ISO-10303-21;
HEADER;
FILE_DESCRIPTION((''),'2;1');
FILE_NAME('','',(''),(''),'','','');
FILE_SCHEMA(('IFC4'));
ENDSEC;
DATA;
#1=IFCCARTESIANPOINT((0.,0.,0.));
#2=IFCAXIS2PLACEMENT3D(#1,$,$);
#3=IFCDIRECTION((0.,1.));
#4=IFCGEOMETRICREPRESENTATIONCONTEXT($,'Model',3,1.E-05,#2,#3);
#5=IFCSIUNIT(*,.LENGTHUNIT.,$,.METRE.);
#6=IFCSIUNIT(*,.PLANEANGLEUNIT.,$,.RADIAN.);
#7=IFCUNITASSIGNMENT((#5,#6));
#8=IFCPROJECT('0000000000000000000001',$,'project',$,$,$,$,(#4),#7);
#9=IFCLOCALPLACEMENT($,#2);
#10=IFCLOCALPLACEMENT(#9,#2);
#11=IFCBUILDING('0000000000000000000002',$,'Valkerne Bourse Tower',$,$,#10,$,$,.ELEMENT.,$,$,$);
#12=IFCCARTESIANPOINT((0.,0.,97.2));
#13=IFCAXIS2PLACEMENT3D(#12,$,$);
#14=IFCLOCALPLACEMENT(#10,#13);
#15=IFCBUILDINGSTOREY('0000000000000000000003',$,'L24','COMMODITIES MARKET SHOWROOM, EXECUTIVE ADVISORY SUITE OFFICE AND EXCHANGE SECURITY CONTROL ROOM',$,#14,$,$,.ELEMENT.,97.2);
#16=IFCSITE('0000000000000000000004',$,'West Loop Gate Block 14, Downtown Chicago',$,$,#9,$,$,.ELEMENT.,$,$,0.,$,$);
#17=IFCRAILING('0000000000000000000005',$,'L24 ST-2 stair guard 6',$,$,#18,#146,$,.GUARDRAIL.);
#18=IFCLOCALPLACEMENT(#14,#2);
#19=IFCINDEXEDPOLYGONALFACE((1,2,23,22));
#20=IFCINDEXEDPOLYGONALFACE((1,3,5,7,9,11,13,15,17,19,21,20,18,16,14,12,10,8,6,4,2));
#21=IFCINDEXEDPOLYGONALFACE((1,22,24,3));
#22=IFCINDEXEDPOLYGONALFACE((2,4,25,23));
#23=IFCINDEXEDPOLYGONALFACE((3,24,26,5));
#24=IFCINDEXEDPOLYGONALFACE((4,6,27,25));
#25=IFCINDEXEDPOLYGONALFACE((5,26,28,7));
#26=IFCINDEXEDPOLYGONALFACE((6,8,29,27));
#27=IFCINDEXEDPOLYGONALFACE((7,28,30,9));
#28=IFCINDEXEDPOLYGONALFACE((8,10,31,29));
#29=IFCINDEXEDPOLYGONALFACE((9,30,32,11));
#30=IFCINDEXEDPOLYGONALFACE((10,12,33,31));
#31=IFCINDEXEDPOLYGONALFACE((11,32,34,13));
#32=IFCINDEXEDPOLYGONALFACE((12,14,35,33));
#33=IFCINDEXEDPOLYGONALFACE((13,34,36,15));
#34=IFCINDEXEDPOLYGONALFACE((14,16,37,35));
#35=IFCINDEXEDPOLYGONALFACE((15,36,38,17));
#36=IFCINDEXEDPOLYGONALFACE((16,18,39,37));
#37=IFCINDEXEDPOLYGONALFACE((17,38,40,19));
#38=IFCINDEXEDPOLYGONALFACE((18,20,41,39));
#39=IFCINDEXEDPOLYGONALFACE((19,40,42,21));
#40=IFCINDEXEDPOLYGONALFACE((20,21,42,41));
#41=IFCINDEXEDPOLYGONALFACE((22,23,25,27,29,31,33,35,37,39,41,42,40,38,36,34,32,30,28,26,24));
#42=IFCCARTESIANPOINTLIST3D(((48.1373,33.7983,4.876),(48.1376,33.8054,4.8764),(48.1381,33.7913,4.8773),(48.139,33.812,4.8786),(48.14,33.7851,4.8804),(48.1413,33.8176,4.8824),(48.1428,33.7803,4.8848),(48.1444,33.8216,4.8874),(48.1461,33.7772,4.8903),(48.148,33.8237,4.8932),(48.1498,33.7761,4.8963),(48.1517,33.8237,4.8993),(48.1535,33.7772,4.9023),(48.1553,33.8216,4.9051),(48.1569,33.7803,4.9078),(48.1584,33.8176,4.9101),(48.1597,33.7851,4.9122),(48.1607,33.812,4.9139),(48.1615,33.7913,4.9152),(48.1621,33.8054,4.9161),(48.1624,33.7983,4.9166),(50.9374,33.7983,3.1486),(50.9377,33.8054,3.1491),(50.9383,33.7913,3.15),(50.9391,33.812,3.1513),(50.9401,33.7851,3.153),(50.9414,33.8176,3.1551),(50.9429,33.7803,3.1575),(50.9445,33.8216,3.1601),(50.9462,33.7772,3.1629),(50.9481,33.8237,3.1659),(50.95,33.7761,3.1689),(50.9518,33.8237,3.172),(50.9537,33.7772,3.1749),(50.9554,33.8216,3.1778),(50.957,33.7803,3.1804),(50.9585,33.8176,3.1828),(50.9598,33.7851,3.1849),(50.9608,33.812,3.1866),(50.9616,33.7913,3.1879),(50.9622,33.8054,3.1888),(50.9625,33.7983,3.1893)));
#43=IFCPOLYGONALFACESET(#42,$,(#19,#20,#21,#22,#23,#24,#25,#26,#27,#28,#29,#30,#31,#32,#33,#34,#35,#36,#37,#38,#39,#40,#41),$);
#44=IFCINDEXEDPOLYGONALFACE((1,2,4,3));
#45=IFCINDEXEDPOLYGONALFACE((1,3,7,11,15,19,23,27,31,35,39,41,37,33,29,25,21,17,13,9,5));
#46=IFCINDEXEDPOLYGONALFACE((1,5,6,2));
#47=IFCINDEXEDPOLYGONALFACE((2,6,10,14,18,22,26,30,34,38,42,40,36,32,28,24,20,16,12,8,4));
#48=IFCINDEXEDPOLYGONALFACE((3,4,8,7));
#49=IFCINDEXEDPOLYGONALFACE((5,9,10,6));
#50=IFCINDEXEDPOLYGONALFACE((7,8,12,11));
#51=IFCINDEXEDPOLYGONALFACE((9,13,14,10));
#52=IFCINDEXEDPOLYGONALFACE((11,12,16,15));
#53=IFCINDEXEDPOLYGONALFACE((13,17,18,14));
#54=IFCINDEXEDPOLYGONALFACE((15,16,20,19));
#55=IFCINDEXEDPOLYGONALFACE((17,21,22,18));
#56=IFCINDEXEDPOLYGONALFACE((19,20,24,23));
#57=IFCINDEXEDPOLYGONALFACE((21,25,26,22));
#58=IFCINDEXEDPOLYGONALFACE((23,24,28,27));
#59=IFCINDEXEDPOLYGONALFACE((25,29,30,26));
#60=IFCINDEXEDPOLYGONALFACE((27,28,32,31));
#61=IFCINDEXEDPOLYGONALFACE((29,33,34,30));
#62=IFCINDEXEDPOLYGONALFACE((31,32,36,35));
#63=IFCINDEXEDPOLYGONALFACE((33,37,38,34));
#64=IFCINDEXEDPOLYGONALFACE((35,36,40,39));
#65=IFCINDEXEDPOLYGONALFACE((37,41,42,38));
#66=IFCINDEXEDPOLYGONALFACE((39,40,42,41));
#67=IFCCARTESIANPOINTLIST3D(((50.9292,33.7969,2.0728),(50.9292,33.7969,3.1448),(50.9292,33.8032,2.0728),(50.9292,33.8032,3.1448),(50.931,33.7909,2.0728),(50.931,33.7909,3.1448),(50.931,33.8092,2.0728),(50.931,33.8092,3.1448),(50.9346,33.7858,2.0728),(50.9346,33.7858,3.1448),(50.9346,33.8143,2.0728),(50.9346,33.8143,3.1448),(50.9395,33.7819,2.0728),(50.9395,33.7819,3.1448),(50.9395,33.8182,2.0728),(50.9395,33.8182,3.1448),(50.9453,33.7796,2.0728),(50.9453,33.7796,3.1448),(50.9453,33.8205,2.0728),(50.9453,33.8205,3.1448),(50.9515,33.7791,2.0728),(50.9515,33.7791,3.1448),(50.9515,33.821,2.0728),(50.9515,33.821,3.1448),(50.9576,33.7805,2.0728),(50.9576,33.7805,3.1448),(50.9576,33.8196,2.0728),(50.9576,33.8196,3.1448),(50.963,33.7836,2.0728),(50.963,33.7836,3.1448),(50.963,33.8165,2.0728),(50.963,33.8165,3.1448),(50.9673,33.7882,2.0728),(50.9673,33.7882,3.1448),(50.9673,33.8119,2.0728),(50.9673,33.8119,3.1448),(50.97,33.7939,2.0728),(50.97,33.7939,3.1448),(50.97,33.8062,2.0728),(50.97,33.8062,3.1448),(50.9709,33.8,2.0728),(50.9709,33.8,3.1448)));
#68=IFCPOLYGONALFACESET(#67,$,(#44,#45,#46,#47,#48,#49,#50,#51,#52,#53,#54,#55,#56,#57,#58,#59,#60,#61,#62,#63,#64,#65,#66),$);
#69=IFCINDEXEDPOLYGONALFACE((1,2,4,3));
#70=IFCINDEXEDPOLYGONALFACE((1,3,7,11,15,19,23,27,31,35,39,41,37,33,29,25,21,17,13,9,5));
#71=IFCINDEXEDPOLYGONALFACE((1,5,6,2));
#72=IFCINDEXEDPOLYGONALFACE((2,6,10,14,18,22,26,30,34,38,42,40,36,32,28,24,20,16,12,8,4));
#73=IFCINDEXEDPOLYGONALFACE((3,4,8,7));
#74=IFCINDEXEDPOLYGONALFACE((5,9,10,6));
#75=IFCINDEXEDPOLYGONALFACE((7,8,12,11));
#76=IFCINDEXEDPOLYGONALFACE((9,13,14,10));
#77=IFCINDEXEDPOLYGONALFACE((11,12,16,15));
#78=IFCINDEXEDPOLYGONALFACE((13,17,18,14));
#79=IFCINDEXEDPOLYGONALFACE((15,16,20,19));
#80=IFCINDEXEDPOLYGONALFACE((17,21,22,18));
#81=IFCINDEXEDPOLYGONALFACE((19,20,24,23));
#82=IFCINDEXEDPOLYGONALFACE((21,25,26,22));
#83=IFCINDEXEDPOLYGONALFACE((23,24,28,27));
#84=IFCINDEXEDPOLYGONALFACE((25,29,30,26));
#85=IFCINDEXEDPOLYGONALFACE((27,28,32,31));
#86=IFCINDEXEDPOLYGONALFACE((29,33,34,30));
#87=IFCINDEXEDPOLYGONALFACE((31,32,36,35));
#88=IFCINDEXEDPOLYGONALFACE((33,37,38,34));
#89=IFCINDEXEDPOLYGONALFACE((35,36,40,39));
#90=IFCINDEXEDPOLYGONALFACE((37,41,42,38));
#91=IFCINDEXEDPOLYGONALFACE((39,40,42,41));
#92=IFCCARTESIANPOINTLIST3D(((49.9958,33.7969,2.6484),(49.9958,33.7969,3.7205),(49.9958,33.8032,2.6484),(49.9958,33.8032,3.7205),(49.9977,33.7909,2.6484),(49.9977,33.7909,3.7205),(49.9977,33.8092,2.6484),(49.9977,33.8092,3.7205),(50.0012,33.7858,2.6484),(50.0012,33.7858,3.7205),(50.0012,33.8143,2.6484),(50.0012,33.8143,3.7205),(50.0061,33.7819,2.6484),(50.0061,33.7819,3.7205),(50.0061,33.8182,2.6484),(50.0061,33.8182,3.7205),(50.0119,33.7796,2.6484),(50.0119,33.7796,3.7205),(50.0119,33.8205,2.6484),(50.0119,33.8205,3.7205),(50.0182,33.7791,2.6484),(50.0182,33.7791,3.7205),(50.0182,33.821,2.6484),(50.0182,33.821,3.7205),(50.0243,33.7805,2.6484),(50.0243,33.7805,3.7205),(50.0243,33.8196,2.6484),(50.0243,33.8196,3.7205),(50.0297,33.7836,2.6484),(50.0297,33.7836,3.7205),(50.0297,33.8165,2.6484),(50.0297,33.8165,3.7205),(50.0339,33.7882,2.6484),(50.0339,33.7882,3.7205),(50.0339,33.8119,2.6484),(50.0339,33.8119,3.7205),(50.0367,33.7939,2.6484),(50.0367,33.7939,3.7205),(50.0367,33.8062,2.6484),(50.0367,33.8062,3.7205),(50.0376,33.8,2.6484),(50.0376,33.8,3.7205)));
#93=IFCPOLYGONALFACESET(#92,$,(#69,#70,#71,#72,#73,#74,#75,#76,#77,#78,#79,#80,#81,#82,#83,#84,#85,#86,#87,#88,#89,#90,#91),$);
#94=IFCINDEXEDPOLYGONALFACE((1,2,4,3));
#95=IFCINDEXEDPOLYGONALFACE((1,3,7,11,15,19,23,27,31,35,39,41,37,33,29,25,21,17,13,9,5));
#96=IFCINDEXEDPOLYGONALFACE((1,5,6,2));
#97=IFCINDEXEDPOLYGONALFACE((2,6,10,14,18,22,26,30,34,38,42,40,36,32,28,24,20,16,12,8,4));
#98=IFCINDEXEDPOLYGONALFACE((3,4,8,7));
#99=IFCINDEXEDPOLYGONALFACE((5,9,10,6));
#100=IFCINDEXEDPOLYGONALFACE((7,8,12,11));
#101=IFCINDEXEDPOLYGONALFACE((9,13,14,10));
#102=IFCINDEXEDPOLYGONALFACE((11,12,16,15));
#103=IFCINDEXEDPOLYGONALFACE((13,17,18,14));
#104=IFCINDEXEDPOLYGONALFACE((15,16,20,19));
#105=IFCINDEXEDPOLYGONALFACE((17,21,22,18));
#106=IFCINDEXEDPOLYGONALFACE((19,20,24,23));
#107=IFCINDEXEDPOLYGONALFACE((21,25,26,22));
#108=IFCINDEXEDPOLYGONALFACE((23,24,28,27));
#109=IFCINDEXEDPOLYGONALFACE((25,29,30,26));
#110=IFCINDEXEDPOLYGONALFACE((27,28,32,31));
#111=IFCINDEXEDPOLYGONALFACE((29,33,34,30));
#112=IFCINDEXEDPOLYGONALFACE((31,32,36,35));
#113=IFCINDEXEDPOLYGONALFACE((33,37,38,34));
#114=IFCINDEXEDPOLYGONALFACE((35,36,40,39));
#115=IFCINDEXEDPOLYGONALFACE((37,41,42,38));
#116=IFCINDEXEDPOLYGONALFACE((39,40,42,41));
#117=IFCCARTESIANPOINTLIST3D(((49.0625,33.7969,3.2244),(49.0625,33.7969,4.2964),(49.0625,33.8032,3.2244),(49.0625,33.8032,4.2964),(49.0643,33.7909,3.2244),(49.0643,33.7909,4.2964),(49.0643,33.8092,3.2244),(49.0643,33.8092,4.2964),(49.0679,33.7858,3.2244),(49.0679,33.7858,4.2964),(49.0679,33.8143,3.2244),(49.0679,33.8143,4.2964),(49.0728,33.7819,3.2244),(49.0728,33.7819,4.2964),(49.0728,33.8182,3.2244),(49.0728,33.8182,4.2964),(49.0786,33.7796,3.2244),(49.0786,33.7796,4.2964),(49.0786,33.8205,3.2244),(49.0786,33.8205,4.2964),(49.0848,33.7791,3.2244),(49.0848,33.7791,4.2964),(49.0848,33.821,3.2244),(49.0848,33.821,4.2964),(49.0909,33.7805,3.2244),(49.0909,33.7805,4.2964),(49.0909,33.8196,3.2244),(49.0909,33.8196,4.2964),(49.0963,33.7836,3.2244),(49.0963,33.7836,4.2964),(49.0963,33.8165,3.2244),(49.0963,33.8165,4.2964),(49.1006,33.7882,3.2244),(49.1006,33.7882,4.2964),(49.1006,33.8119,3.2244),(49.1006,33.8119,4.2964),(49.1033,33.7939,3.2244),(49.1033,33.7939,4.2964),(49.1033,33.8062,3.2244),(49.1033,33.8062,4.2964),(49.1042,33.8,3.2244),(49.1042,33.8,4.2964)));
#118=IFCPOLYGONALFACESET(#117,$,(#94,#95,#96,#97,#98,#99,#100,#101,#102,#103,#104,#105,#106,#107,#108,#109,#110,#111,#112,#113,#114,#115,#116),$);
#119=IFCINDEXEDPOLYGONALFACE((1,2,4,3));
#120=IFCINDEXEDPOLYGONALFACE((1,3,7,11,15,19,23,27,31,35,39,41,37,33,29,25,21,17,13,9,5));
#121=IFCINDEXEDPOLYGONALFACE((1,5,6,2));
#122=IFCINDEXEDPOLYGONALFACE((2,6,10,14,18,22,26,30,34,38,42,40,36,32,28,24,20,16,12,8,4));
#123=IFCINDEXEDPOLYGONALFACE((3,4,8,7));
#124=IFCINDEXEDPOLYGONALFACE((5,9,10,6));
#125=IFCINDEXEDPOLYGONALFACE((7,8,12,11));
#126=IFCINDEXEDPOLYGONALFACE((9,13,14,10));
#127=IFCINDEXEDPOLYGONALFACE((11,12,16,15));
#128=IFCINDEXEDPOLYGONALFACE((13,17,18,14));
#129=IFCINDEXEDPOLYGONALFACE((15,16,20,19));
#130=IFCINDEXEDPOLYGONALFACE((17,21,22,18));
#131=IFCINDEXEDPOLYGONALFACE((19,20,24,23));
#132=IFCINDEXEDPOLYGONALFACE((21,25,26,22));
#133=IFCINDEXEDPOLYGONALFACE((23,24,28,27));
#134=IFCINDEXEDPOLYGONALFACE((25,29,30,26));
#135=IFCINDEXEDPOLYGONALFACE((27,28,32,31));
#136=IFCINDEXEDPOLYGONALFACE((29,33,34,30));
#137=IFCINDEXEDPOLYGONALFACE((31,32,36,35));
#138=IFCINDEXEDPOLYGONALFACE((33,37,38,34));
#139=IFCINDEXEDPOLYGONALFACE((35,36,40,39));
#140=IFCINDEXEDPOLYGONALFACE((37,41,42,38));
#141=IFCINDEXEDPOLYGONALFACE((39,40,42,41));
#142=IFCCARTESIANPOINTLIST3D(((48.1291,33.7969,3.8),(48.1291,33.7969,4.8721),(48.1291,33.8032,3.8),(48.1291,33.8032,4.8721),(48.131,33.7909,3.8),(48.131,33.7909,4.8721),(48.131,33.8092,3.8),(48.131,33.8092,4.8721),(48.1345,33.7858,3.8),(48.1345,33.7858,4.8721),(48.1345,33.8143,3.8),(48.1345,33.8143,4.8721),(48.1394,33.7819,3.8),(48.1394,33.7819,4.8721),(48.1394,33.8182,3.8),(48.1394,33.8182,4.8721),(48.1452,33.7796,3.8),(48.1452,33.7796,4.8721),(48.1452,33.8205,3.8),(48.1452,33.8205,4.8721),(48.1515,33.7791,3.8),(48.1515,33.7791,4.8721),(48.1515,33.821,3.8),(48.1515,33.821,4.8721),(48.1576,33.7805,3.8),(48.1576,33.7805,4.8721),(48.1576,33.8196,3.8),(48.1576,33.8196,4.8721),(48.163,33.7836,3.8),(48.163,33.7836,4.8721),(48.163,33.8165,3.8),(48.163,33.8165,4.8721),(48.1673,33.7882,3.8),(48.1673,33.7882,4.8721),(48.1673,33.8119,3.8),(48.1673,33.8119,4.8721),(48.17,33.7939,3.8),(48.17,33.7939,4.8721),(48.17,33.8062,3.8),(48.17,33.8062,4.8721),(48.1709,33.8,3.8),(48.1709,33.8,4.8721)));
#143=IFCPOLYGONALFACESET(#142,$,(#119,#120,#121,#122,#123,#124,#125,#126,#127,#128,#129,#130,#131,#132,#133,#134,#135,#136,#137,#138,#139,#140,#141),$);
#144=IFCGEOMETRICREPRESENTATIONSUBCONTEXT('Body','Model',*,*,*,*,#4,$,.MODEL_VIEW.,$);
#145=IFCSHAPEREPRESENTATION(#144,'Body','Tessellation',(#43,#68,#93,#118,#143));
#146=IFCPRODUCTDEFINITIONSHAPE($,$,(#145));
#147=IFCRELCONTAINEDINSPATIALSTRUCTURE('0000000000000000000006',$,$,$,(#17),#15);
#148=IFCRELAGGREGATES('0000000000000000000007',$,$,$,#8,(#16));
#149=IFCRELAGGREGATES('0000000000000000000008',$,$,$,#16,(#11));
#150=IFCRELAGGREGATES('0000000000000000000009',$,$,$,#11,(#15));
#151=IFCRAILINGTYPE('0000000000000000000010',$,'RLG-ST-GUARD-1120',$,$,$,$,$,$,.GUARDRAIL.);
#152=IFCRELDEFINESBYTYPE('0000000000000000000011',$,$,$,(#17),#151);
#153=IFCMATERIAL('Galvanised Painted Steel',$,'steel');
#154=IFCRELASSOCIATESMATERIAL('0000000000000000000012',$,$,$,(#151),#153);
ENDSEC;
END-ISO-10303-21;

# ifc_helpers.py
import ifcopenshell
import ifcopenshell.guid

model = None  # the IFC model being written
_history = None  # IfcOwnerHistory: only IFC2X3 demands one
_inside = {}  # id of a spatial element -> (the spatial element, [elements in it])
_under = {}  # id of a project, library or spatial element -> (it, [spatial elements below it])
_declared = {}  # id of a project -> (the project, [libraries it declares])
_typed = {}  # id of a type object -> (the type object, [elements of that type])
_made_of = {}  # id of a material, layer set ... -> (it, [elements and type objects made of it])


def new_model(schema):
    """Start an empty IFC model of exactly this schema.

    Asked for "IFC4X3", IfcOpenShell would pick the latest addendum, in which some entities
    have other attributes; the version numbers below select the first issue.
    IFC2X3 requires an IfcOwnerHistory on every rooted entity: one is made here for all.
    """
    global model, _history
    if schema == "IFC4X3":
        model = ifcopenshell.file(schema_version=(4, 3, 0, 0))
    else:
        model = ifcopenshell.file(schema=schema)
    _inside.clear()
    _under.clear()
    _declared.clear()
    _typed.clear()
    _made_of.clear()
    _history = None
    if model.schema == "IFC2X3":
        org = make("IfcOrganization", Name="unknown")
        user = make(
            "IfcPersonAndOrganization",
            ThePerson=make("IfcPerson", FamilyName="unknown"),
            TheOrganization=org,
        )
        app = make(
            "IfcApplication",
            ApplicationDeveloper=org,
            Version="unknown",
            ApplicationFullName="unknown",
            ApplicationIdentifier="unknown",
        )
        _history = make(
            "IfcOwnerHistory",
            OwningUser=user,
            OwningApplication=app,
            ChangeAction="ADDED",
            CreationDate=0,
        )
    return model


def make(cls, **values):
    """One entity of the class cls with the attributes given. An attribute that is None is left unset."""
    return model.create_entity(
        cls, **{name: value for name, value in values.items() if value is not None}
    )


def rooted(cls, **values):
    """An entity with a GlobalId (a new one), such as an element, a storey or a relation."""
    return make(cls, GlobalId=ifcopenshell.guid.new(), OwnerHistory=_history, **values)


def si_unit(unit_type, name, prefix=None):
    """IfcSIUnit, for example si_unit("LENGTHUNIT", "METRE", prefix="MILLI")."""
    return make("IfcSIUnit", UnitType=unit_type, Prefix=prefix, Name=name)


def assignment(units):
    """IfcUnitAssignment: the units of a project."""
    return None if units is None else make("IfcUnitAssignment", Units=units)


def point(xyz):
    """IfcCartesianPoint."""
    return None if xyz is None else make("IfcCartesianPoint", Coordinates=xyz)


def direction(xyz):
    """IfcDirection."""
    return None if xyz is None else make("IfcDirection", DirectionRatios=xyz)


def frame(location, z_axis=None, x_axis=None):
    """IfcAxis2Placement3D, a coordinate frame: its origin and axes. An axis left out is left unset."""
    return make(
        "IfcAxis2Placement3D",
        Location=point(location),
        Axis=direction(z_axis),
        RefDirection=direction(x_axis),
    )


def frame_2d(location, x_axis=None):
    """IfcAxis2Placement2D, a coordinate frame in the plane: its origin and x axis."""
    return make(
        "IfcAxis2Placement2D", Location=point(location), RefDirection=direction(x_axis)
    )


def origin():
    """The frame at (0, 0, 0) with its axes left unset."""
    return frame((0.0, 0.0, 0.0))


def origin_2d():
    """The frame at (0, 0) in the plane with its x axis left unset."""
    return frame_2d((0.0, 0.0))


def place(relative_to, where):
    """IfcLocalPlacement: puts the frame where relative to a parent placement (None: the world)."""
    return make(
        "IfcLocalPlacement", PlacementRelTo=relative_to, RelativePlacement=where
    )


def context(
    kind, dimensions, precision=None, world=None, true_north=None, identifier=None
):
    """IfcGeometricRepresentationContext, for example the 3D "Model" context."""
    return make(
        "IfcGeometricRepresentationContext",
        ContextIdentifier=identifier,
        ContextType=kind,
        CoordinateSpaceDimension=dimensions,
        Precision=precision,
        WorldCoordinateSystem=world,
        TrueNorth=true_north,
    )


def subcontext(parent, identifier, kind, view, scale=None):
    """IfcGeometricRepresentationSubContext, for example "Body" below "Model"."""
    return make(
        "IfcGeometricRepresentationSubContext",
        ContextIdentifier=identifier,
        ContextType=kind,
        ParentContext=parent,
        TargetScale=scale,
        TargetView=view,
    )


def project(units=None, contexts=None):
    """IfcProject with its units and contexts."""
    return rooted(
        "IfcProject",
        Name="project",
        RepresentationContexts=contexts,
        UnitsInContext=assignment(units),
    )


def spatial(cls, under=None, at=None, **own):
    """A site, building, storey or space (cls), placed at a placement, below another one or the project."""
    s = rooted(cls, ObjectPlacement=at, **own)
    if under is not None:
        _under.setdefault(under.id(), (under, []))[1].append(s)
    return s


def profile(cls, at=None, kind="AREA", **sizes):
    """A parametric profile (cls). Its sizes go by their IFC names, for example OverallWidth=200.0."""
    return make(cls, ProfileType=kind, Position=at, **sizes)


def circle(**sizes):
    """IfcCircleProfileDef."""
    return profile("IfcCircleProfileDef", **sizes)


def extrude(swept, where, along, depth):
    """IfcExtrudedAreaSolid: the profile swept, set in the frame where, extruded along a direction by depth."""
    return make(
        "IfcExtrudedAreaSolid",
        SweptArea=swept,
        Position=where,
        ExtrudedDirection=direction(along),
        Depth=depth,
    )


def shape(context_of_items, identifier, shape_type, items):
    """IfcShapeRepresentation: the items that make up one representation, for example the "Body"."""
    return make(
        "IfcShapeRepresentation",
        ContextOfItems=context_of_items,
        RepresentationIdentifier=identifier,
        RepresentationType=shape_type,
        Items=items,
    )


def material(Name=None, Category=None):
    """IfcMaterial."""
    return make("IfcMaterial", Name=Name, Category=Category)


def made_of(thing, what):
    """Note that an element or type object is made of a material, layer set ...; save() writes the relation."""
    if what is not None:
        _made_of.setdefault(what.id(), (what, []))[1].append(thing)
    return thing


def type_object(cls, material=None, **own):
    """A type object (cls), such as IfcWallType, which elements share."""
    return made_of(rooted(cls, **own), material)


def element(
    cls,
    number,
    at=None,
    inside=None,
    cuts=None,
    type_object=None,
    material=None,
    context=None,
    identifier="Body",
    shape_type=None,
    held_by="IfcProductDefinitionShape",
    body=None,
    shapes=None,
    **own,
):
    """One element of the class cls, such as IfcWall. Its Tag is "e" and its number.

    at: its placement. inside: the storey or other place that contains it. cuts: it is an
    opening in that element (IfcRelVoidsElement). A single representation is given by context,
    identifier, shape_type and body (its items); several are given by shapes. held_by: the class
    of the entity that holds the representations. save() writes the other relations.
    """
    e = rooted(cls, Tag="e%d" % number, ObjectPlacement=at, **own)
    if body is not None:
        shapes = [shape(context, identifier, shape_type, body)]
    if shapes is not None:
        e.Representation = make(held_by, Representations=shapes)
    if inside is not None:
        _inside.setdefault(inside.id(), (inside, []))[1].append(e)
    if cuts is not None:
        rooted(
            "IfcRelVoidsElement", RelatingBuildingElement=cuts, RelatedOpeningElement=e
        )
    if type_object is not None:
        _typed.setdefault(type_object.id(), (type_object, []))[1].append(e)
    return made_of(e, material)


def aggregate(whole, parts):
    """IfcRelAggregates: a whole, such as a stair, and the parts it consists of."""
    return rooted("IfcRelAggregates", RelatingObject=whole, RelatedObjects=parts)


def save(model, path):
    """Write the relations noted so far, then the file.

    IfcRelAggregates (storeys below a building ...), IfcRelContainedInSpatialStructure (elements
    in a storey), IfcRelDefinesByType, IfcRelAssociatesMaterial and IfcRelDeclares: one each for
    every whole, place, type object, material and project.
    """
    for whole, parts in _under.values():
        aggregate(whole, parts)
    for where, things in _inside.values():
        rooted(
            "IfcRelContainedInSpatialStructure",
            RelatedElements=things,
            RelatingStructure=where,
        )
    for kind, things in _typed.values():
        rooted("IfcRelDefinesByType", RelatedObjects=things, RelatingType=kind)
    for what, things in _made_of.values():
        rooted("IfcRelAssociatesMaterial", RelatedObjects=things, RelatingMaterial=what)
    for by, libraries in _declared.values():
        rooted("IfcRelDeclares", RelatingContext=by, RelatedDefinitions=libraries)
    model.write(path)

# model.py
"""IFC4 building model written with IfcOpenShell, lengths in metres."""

from ifc_helpers import new_model, si_unit, direction, frame, origin, origin_2d, place, context, subcontext, project, spatial, circle, extrude, material, type_object, element, save


model = new_model("IFC4")

# Units and contexts
model_context = context("Model", 3, precision=1e-05, world=origin(), true_north=direction((0.0, 1.0)))
body_context = subcontext(model_context, "Body", "Model", "MODEL_VIEW")
ifc_project = project(units=[si_unit("LENGTHUNIT", "METRE"), si_unit("PLANEANGLEUNIT", "RADIAN")], contexts=[model_context])

# Site, building, storey
site_placement = place(None, origin())
site = spatial("IfcSite", under=ifc_project, at=site_placement, Name="West Loop Gate Block 14, Downtown Chicago", CompositionType="ELEMENT", RefElevation=0.0)
building_placement = place(site_placement, origin())
building = spatial("IfcBuilding", under=site, at=building_placement, Name="Valkerne Bourse Tower", CompositionType="ELEMENT")
storey_placement = place(building_placement, frame((0.0, 0.0, 97.2)))
storey = spatial("IfcBuildingStorey", under=building, at=storey_placement, Name="L24", Description="COMMODITIES MARKET SHOWROOM, EXECUTIVE ADVISORY SUITE OFFICE AND EXCHANGE SECURITY CONTROL ROOM", CompositionType="ELEMENT", Elevation=97.2)

# Shared definitions
ifc_material_1 = material(Name="Galvanised Painted Steel", Category="steel")

# Railing
railing_type_1 = type_object("IfcRailingType", Name="RLG-ST-GUARD-1120", PredefinedType="GUARDRAIL", material=ifc_material_1)
railing_1_placement = place(storey_placement, frame((50.95, 33.8, 2.0728)))
element("IfcRailing", 1, at=railing_1_placement, inside=storey, type_object=railing_type_1, Name="L24 ST-2 stair guard 6", PredefinedType="GUARDRAIL", context=body_context, shape_type="SweptSolid", body=[
    extrude(circle(Radius=0.0239, at=origin_2d()), frame((0.0, 0.0, 1.0962), z_axis=(-0.85109, 0.0, 0.52502), x_axis=(0.0, -1.0, 0.0)), (0.0, 0.0, 1.0), 3.29),
    extrude(circle(Radius=0.021, at=origin_2d()), origin(), (0.0, 0.0, 1.0), 1.072),
    extrude(circle(Radius=0.021, at=origin_2d()), frame((-0.9333, 0.0, 0.5757)), (0.0, 0.0, 1.0), 1.072),
    extrude(circle(Radius=0.021, at=origin_2d()), frame((-1.8667, 0.0, 1.1516)), (0.0, 0.0, 1.0), 1.072),
    extrude(circle(Radius=0.021, at=origin_2d()), frame((-2.8, 0.0, 1.7273)), (0.0, 0.0, 1.0), 1.072),
])

save(model, "model.ifc")
